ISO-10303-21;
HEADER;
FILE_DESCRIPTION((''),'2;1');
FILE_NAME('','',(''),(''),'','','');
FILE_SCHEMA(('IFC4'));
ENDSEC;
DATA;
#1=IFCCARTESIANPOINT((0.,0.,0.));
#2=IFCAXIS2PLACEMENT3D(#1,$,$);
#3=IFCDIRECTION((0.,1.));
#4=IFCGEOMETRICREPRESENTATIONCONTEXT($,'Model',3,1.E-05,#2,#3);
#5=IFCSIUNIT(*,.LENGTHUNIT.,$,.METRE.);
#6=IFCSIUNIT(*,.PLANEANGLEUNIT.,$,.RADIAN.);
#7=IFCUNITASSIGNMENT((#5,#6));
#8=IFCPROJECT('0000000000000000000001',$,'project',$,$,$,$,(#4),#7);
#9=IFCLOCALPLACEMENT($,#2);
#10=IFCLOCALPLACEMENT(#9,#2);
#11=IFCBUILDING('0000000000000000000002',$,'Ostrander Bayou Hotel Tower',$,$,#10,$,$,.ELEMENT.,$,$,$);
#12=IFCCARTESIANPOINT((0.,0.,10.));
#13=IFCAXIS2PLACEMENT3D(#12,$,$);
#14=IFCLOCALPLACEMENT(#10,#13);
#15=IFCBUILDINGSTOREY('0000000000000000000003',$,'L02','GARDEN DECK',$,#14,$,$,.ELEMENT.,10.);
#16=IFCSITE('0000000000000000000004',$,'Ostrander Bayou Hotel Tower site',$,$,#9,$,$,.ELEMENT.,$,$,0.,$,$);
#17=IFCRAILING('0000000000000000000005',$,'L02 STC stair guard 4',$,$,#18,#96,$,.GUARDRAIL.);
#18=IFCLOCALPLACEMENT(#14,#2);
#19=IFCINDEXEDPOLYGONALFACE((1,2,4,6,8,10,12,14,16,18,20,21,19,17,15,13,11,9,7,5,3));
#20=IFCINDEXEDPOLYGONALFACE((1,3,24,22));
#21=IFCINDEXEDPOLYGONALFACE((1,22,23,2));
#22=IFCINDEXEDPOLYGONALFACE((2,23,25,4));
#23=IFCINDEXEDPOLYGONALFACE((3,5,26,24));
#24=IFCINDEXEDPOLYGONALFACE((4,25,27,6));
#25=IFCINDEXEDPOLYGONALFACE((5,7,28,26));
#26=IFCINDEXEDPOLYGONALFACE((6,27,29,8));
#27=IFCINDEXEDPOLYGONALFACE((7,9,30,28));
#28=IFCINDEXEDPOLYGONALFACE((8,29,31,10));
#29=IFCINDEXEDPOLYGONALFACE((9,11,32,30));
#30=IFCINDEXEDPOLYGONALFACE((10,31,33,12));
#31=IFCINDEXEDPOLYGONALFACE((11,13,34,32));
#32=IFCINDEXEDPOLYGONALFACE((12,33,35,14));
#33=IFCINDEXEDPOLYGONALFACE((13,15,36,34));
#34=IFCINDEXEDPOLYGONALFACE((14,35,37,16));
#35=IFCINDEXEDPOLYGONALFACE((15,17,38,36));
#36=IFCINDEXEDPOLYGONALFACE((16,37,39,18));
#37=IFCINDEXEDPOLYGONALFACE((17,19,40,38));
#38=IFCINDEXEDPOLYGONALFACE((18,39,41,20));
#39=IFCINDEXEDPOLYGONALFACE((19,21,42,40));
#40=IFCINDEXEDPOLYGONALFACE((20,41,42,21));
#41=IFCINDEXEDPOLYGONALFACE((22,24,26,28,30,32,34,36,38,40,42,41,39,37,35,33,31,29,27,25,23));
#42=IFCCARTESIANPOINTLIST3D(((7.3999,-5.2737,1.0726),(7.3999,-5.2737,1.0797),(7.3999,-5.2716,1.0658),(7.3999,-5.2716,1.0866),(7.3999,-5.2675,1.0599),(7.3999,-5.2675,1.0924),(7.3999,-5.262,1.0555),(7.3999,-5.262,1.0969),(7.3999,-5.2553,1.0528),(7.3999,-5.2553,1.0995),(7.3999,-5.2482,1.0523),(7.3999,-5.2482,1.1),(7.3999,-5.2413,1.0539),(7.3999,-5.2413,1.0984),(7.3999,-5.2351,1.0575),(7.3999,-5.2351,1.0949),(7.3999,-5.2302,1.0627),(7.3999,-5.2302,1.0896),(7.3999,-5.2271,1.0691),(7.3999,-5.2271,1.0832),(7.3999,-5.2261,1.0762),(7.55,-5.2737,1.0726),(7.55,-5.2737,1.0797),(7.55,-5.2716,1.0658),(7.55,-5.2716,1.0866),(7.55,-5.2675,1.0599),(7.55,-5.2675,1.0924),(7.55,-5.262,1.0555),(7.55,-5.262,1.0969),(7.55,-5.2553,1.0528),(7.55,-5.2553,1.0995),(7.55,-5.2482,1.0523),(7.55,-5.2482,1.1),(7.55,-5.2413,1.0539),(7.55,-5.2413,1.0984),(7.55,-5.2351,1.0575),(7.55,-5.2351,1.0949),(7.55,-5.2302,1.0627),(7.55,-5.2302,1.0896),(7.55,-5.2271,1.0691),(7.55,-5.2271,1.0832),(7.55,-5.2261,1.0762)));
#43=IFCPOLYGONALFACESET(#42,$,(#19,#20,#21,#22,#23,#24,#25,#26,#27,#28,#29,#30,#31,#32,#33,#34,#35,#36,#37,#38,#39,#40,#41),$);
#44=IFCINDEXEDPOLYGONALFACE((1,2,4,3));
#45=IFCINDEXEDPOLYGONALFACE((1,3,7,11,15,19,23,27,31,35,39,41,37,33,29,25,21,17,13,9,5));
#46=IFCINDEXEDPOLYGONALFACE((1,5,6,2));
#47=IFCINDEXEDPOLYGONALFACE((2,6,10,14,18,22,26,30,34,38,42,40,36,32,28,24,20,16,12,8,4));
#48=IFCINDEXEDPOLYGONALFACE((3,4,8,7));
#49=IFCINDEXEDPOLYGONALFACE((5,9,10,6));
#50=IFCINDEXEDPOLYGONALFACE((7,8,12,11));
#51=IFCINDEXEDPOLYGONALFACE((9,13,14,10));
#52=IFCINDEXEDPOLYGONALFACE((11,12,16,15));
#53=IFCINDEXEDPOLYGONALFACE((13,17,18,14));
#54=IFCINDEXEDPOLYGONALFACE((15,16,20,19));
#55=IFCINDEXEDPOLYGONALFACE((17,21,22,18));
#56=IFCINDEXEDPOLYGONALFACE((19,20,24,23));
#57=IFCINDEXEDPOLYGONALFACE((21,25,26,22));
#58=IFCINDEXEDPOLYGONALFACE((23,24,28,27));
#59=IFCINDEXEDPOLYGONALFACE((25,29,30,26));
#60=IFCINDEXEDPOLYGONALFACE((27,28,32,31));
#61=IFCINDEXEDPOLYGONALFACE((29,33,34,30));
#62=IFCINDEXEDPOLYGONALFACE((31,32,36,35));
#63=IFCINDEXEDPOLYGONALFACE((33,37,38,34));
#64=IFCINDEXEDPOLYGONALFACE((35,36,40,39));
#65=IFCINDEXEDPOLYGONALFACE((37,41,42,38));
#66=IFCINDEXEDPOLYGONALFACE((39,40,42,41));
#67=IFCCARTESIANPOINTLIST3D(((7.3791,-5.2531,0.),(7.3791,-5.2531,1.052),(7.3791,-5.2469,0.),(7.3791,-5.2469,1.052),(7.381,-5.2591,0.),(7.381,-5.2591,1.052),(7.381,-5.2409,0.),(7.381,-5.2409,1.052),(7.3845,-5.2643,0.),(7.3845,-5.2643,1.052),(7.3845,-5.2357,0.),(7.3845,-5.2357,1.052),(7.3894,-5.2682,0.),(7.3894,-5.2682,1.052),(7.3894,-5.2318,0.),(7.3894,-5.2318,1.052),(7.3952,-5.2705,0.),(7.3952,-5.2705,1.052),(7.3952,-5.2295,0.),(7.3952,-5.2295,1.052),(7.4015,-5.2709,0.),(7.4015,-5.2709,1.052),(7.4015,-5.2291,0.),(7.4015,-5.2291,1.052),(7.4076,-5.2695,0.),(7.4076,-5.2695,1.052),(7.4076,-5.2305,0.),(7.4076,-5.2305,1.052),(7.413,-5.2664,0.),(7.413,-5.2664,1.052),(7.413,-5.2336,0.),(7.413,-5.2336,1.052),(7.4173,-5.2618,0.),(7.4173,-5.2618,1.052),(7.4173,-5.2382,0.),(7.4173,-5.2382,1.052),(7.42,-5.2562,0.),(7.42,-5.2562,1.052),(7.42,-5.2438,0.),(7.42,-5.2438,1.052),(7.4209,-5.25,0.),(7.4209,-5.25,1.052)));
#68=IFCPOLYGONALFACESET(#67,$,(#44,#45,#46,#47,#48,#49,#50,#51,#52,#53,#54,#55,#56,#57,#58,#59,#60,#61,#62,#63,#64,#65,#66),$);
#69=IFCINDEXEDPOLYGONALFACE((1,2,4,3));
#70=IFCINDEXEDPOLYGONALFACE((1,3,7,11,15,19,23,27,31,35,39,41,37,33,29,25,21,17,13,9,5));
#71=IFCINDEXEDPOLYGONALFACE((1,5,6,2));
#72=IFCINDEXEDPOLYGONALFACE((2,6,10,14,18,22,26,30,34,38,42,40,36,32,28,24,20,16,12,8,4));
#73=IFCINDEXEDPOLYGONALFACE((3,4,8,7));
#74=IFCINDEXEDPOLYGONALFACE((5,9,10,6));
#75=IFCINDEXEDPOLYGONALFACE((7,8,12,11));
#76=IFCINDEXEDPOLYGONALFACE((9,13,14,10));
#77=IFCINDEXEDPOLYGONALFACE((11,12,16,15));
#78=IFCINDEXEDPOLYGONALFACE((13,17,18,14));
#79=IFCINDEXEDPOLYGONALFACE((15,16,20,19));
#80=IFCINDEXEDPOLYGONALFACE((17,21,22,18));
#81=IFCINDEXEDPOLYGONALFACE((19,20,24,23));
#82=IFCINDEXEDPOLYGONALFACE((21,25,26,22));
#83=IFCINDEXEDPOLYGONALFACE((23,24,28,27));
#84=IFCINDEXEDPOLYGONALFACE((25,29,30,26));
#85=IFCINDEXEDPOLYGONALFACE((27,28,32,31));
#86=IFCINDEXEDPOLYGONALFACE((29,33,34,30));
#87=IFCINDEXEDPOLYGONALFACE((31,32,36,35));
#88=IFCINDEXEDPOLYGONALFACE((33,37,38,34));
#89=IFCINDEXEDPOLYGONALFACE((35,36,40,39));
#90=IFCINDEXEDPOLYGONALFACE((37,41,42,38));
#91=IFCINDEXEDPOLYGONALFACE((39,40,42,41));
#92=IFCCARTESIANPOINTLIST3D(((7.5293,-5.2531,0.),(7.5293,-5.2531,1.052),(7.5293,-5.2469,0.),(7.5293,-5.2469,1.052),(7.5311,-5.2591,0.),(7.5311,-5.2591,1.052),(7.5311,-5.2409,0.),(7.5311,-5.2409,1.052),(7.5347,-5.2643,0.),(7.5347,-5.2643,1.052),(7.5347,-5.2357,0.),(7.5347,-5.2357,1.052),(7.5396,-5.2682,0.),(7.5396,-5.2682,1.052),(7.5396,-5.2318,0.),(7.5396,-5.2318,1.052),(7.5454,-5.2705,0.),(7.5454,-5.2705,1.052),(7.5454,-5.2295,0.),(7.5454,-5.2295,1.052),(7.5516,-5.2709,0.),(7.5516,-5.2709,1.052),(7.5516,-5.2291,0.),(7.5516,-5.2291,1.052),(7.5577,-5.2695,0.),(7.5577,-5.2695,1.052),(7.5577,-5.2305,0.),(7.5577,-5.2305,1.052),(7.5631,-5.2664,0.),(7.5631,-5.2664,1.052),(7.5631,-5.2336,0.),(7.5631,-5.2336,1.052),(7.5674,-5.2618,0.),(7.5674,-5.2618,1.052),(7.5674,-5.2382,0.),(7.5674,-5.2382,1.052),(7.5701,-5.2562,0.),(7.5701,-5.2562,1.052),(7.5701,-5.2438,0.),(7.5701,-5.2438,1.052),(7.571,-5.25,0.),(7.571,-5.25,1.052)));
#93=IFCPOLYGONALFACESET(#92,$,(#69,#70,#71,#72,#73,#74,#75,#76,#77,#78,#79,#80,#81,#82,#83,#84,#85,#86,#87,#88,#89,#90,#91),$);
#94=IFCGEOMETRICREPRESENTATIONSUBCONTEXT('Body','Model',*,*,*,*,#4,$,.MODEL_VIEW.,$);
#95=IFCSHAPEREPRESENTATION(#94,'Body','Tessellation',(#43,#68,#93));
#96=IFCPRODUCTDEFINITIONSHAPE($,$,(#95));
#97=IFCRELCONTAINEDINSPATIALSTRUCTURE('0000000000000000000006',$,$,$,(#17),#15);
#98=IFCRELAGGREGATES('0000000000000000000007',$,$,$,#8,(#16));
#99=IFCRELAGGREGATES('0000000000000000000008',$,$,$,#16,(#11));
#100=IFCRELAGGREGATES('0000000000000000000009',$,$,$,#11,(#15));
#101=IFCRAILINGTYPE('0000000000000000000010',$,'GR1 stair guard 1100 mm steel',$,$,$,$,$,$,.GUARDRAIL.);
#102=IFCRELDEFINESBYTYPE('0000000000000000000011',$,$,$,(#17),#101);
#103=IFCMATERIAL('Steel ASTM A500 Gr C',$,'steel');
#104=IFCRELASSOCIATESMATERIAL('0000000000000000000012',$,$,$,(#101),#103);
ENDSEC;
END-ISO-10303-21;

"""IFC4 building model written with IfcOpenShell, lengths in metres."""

from ifc_helpers import new_model, si_unit, direction, frame, origin, origin_2d, place, context, subcontext, project, spatial, circle, extrude, material, type_object, element, save


model = new_model("IFC4")

# Units and contexts
model_context = context("Model", 3, precision=1e-05, world=origin(), true_north=direction((0.0, 1.0)))
body_context = subcontext(model_context, "Body", "Model", "MODEL_VIEW")
ifc_project = project(units=[si_unit("LENGTHUNIT", "METRE"), si_unit("PLANEANGLEUNIT", "RADIAN")], contexts=[model_context])

# Site, building, storey
site_placement = place(None, origin())
site = spatial("IfcSite", under=ifc_project, at=site_placement, Name="Ostrander Bayou Hotel Tower site", CompositionType="ELEMENT", RefElevation=0.0)
building_placement = place(site_placement, origin())
building = spatial("IfcBuilding", under=site, at=building_placement, Name="Ostrander Bayou Hotel Tower", CompositionType="ELEMENT")
storey_placement = place(building_placement, frame((0.0, 0.0, 10.0)))
storey = spatial("IfcBuildingStorey", under=building, at=storey_placement, Name="L02", Description="GARDEN DECK", CompositionType="ELEMENT", Elevation=10.0)

# Railing
ifc_material_1 = material(Name="Steel ASTM A500 Gr C", Category="steel")
railing_type_1 = type_object("IfcRailingType", Name="GR1 stair guard 1100 mm steel", PredefinedType="GUARDRAIL", material=ifc_material_1)
railing_1_placement = place(storey_placement, frame((7.3999, -5.25, 0.0)))
element("IfcRailing", 1, at=railing_1_placement, inside=storey, type_object=railing_type_1, Name="L02 STC stair guard 4", PredefinedType="GUARDRAIL", context=body_context, shape_type="SweptSolid", body=[
    extrude(circle(Radius=0.0239, at=origin_2d()), frame((0.0, 0.0, 1.0762), z_axis=(1.0, 0.0, 0.0), x_axis=(0.0, 1.0, 0.0)), (0.0, 0.0, 1.0), 0.1501),
    extrude(circle(Radius=0.021, at=origin_2d()), origin(), (0.0, 0.0, 1.0), 1.052),
    extrude(circle(Radius=0.021, at=origin_2d()), frame((0.1501, 0.0, 0.0)), (0.0, 0.0, 1.0), 1.052),
])

save(model, "model.ifc")
